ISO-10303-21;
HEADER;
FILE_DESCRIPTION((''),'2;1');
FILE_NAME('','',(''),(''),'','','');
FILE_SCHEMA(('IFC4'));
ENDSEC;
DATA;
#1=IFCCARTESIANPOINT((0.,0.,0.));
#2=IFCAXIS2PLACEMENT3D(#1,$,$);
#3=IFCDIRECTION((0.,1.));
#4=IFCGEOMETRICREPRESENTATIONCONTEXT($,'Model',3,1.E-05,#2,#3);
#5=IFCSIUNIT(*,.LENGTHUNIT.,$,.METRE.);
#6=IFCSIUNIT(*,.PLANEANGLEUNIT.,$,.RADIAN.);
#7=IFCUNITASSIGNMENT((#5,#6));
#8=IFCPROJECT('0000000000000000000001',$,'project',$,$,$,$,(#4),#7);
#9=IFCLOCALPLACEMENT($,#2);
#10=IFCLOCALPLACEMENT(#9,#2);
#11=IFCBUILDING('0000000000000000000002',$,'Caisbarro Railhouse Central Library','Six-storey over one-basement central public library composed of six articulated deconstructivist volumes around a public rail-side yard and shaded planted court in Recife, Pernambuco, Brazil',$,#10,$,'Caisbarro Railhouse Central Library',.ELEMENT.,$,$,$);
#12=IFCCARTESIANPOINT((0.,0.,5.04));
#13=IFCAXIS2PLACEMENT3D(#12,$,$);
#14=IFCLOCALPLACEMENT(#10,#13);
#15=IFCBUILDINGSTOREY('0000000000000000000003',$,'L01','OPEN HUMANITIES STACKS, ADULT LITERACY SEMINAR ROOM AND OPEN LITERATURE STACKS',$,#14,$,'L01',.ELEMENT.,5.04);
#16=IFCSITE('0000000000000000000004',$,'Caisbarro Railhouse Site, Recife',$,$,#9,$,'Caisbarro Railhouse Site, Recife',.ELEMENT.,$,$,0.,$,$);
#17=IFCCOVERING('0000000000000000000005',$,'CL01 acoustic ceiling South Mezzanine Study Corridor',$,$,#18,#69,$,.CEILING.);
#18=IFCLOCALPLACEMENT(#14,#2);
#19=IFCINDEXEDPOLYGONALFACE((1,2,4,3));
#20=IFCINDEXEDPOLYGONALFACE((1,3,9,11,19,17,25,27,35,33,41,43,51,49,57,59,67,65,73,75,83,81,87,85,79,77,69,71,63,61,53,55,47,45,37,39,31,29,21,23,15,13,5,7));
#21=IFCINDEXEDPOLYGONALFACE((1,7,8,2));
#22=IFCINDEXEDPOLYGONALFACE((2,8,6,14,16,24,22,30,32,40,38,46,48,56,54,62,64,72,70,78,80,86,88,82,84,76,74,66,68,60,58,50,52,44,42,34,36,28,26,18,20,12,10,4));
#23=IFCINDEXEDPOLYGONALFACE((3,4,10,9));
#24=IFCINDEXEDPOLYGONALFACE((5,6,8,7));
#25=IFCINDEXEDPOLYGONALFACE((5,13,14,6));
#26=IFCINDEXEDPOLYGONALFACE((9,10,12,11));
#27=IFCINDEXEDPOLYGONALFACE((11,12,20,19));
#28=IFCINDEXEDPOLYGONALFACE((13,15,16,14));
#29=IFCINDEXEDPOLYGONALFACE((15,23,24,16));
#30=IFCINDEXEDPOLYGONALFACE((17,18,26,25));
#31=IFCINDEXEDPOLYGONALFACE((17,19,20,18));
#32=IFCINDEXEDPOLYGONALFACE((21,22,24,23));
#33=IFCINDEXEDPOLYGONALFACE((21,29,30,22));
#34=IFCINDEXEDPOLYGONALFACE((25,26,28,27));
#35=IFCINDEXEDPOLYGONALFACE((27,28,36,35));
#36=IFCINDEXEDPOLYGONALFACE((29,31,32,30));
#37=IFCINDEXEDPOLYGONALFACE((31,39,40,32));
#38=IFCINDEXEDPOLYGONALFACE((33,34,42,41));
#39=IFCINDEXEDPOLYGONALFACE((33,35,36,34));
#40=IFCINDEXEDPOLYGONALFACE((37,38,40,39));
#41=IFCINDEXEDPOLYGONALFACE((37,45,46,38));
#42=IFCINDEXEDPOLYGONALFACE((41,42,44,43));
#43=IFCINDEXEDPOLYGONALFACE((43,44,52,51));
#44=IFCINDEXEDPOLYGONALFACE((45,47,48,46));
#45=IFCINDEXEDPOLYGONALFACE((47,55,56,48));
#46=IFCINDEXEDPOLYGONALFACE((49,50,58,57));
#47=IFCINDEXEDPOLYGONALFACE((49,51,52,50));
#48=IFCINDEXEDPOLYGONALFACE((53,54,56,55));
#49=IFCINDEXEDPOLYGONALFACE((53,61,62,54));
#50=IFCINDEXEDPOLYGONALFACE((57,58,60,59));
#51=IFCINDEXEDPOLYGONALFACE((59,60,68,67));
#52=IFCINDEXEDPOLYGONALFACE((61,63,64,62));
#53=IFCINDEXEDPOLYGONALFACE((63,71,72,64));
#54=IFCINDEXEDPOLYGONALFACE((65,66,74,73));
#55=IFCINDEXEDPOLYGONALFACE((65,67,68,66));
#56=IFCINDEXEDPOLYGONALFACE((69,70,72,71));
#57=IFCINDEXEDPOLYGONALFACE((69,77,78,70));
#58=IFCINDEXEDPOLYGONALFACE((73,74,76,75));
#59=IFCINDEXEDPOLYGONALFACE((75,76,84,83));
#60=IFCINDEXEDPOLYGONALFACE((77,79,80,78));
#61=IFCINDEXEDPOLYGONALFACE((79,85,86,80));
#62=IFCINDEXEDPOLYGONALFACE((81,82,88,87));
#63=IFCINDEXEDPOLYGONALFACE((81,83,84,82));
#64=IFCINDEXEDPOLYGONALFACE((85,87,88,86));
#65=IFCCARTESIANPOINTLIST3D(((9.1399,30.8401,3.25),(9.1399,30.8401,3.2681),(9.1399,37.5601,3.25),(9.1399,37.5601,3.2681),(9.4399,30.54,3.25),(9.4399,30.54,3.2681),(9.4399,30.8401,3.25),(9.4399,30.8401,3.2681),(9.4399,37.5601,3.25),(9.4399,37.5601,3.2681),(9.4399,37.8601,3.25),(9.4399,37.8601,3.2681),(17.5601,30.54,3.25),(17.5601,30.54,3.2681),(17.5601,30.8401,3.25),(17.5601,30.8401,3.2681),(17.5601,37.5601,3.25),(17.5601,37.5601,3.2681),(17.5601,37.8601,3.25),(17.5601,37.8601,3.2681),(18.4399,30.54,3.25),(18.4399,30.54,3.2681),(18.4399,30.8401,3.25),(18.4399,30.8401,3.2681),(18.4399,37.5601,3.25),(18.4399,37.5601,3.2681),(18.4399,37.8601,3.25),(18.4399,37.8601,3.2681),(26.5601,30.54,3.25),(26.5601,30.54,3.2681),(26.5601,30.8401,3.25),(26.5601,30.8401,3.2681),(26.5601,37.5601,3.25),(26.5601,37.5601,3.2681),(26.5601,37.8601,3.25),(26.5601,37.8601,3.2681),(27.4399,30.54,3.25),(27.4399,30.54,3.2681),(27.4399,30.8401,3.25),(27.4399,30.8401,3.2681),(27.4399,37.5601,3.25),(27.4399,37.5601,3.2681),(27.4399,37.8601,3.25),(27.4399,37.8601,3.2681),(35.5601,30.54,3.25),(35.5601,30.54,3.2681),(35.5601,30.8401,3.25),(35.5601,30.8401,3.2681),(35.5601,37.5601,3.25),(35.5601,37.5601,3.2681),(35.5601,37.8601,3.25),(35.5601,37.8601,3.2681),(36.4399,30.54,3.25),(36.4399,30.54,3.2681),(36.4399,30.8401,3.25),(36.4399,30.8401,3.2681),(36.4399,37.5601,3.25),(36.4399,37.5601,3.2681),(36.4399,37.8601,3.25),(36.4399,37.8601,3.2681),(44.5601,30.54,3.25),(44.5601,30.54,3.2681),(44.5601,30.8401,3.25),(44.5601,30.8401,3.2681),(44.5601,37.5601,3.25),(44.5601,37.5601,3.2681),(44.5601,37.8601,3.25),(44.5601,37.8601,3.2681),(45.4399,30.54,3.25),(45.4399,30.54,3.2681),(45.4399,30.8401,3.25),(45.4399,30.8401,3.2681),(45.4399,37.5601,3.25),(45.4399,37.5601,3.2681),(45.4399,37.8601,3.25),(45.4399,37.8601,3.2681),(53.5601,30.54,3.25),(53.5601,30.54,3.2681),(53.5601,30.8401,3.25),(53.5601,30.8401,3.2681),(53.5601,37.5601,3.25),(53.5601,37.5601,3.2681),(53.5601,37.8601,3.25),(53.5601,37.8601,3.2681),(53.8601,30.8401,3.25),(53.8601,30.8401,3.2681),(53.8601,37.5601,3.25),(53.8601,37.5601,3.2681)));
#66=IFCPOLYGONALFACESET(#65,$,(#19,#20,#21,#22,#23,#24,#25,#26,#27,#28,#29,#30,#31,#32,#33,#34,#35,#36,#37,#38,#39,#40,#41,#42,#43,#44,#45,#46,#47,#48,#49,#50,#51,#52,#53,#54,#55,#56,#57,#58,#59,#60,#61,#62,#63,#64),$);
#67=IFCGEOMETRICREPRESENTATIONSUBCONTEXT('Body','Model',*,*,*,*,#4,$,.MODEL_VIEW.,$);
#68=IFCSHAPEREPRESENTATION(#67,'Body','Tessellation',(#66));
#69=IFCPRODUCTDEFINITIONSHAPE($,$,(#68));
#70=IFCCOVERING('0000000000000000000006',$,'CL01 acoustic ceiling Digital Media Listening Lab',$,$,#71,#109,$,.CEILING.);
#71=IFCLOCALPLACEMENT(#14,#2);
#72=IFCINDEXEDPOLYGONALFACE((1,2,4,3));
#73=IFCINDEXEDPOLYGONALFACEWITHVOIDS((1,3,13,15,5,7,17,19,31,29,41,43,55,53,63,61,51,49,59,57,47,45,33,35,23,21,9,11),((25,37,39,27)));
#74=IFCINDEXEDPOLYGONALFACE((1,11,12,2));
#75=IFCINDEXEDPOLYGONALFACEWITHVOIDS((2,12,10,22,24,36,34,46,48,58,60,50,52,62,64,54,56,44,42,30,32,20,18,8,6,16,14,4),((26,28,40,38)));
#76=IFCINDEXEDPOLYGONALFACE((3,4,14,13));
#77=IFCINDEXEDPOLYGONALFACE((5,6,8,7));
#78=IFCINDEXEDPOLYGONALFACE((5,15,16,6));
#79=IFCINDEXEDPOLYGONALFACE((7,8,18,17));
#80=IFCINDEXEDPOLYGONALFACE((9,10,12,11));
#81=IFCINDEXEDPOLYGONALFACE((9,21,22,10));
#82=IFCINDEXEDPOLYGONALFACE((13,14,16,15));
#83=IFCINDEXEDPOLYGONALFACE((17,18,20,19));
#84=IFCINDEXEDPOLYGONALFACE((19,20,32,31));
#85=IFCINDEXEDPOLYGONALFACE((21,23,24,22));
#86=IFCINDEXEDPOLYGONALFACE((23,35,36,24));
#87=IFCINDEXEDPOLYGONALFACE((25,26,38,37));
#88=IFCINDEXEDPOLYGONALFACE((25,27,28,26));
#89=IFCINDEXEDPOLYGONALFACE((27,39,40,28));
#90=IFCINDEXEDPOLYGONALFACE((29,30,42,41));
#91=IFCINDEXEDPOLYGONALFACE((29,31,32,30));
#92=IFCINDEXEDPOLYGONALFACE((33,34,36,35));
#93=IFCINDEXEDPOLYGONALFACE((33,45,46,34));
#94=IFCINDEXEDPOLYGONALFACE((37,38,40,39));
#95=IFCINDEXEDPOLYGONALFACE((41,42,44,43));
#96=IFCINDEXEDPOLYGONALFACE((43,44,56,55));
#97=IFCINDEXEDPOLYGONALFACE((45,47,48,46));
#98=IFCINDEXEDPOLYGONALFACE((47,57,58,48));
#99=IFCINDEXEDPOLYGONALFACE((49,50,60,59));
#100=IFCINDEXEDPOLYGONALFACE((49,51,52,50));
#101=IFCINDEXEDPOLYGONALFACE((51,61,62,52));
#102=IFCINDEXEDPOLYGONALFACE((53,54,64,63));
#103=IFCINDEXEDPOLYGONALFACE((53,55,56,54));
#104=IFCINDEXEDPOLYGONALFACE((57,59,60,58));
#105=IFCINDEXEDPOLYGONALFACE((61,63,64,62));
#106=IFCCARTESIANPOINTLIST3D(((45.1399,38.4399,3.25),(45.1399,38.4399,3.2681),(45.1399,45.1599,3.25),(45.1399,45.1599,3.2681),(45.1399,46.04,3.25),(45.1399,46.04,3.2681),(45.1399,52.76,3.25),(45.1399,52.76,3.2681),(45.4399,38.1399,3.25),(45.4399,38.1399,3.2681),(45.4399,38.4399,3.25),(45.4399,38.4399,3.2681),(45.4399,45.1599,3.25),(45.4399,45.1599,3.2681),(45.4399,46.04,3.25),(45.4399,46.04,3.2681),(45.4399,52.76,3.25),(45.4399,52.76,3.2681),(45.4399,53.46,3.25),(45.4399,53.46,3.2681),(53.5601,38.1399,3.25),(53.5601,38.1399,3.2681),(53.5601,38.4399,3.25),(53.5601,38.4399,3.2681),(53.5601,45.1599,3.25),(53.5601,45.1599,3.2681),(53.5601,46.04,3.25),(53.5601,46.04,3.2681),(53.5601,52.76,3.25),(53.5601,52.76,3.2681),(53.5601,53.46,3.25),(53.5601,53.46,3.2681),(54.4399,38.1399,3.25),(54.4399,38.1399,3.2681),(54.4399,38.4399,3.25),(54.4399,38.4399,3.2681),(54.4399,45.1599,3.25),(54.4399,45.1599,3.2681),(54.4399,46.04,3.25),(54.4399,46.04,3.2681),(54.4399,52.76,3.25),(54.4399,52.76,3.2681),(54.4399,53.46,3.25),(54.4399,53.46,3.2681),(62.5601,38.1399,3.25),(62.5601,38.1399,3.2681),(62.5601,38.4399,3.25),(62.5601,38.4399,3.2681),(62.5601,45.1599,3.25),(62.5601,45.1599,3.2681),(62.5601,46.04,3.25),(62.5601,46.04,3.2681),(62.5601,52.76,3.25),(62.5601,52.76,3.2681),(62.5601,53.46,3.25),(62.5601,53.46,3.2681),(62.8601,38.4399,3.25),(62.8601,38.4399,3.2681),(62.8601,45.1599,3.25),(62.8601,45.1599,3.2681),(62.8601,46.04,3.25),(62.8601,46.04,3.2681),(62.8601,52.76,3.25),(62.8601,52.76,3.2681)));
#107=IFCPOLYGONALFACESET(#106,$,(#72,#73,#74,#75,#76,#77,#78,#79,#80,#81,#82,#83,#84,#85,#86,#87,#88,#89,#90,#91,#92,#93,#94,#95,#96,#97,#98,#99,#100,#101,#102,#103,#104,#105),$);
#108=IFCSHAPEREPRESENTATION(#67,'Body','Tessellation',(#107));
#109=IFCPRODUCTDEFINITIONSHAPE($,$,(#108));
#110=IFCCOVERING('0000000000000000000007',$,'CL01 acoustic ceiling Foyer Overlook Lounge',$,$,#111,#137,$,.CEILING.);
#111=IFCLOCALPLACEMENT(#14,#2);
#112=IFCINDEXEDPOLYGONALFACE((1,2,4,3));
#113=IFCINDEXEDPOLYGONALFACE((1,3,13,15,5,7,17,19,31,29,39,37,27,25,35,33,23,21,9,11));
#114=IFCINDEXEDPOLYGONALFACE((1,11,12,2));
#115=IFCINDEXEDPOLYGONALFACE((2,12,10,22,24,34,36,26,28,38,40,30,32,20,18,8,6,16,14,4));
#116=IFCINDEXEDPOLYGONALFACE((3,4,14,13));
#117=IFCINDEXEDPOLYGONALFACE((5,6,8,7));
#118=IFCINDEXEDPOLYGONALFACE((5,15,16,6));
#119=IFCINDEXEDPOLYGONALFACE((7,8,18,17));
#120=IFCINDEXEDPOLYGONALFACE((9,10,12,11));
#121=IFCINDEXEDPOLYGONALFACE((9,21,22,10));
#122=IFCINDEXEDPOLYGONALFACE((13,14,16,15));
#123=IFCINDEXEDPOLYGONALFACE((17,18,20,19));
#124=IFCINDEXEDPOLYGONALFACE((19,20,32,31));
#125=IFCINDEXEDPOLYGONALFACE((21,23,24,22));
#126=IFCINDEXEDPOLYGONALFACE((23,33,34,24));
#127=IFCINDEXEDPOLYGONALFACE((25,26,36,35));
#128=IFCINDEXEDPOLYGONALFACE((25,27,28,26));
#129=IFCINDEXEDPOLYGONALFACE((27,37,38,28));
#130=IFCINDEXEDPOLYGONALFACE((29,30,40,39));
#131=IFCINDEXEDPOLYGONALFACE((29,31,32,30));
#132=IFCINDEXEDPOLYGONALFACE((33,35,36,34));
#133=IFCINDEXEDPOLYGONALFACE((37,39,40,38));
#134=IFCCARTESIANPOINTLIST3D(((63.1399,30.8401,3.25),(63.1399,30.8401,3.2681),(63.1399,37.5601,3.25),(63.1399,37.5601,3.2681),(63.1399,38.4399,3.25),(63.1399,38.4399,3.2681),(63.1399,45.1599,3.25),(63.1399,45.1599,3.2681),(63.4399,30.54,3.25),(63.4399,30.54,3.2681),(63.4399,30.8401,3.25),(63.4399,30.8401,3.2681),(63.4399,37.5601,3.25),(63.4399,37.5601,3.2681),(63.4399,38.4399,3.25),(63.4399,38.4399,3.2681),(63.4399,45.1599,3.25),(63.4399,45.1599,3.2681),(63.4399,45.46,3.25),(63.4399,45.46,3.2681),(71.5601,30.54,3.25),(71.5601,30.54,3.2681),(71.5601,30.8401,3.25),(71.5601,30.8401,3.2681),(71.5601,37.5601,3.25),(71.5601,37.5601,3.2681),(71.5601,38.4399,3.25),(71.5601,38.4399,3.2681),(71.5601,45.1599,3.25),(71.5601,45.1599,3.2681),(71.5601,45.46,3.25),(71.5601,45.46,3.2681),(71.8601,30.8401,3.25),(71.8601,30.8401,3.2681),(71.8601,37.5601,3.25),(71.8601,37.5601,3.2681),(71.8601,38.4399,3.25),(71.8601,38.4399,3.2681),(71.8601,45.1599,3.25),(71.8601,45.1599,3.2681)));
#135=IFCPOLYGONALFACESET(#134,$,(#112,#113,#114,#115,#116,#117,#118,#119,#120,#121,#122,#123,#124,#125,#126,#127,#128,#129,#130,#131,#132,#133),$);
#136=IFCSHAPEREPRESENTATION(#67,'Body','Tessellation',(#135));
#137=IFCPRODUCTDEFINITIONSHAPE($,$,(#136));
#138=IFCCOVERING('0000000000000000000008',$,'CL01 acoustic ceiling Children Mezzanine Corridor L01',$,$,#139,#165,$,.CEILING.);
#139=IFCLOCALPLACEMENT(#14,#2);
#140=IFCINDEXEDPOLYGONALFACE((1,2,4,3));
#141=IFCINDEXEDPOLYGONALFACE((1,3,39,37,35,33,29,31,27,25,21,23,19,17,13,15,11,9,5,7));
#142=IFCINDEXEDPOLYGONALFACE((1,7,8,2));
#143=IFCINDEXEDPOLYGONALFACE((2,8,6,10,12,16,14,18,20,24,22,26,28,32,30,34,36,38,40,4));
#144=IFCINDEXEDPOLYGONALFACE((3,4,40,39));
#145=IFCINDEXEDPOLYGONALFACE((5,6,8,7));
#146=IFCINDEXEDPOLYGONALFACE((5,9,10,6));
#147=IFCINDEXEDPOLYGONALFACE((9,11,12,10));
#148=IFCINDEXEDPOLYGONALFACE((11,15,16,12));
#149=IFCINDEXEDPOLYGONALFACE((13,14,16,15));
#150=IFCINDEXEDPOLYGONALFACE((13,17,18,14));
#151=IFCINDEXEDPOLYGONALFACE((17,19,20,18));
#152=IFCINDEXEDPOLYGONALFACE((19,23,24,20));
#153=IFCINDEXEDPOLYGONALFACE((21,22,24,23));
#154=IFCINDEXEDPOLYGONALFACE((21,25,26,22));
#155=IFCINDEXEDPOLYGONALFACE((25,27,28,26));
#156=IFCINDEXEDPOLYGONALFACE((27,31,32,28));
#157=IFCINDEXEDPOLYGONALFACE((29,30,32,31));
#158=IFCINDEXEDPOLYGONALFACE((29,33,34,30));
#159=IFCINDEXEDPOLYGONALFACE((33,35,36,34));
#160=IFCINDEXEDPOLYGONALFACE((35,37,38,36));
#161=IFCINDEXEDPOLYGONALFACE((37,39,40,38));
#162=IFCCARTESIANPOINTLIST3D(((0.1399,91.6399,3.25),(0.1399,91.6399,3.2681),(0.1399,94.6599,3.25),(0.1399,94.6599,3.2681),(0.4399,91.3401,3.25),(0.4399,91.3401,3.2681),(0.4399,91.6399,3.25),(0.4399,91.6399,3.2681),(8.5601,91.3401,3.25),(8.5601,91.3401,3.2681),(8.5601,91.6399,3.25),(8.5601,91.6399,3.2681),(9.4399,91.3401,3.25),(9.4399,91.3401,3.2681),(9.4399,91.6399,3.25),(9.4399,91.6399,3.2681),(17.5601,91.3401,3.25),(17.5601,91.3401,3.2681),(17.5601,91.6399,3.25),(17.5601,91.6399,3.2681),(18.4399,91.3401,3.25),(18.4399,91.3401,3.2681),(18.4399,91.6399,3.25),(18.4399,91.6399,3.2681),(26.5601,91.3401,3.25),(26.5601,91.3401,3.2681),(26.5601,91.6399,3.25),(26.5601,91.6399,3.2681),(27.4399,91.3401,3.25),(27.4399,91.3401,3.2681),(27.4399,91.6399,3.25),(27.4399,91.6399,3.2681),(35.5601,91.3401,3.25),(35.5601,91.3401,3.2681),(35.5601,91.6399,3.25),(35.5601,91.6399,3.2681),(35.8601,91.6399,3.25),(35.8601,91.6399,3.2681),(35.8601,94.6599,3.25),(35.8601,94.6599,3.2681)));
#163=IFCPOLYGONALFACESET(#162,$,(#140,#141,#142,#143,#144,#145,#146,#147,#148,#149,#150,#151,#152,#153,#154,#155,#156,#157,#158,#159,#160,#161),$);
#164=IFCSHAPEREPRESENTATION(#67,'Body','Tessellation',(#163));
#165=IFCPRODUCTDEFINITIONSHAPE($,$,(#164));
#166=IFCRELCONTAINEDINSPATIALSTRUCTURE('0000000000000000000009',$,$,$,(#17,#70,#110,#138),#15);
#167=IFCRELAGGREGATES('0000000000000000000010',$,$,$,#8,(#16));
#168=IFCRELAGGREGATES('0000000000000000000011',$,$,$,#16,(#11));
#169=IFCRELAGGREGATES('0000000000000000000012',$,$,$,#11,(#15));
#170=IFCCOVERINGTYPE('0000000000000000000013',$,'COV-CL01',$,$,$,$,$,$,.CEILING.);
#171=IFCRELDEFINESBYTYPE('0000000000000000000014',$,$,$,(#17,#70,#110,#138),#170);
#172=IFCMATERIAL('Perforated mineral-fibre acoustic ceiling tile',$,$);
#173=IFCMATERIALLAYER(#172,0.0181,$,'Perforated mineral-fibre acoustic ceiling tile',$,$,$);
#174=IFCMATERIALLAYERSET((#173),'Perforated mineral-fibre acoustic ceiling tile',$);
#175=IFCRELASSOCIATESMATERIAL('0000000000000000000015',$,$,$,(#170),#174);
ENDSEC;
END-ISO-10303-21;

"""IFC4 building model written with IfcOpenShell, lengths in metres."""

from ifc_helpers import new_model, si_unit, direction, frame, origin, place, context, subcontext, project, spatial, polyline, outline, extrude, material, layer, layer_set, type_object, element, save


model = new_model("IFC4")

# Units and contexts
model_context = context("Model", 3, precision=1e-05, world=origin(), true_north=direction((0.0, 1.0)))
body_context = subcontext(model_context, "Body", "Model", "MODEL_VIEW")
ifc_project = project(units=[si_unit("LENGTHUNIT", "METRE"), si_unit("PLANEANGLEUNIT", "RADIAN")], contexts=[model_context])

# Site, building, storey
site_placement = place(None, origin())
site = spatial("IfcSite", under=ifc_project, at=site_placement, Name="Caisbarro Railhouse Site, Recife", LongName="Caisbarro Railhouse Site, Recife", CompositionType="ELEMENT", RefElevation=0.0)
building_placement = place(site_placement, origin())
building = spatial("IfcBuilding", under=site, at=building_placement, Name="Caisbarro Railhouse Central Library", Description="Six-storey over one-basement central public library composed of six articulated deconstructivist volumes around a public rail-side yard and shaded planted court in Recife, Pernambuco, Brazil", LongName="Caisbarro Railhouse Central Library", CompositionType="ELEMENT")
storey_placement = place(building_placement, frame((0.0, 0.0, 5.04)))
storey = spatial("IfcBuildingStorey", under=building, at=storey_placement, Name="L01", Description="OPEN HUMANITIES STACKS, ADULT LITERACY SEMINAR ROOM AND OPEN LITERATURE STACKS", LongName="L01", CompositionType="ELEMENT", Elevation=5.04)

# Coverings
ifc_material_1 = material(Name="Perforated mineral-fibre acoustic ceiling tile")
ifc_layer_1 = layer(ifc_material_1, 0.0181, Name="Perforated mineral-fibre acoustic ceiling tile")
ifc_layer_set_1 = layer_set([ifc_layer_1], Name="Perforated mineral-fibre acoustic ceiling tile")
covering_type_1 = type_object("IfcCoveringType", Name="COV-CL01", PredefinedType="CEILING", material=ifc_layer_set_1)
covering_1_placement = place(storey_placement, frame((0.0, 0.0, 3.25)))
element("IfcCovering", 1, at=covering_1_placement, inside=storey, type_object=covering_type_1, Name="CL01 acoustic ceiling South Mezzanine Study Corridor", PredefinedType="CEILING", context=body_context, shape_type="SweptSolid", body=[
    extrude(outline(polyline([(9.4399, 37.5601), (9.4399, 37.8601), (17.5601, 37.8601), (17.5601, 37.5601), (18.4399, 37.5601), (18.4399, 37.8601), (26.5601, 37.8601), (26.5601, 37.5601), (27.4399, 37.5601), (27.4399, 37.8601), (35.5601, 37.8601), (35.5601, 37.5601), (36.4399, 37.5601), (36.4399, 37.8601), (44.5601, 37.8601), (44.5601, 37.5601), (45.4399, 37.5601), (45.4399, 37.8601), (53.5601, 37.8601), (53.5601, 37.5601), (53.8601, 37.5601), (53.8601, 30.8401), (53.5601, 30.8401), (53.5601, 30.54), (45.4399, 30.54), (45.4399, 30.8401), (44.5601, 30.8401), (44.5601, 30.54), (36.4399, 30.54), (36.4399, 30.8401), (35.5601, 30.8401), (35.5601, 30.54), (27.4399, 30.54), (27.4399, 30.8401), (26.5601, 30.8401), (26.5601, 30.54), (18.4399, 30.54), (18.4399, 30.8401), (17.5601, 30.8401), (17.5601, 30.54), (9.4399, 30.54), (9.4399, 30.8401), (9.1399, 30.8401), (9.1399, 37.5601), (9.4399, 37.5601)])), origin(), (0.0, 0.0, 1.0), 0.0181),
])
covering_2_placement = place(storey_placement, frame((0.0, 0.0, 3.25)))
element("IfcCovering", 2, at=covering_2_placement, inside=storey, type_object=covering_type_1, Name="CL01 acoustic ceiling Digital Media Listening Lab", PredefinedType="CEILING", context=body_context, shape_type="SweptSolid", body=[
    extrude(outline(polyline([(45.4399, 38.4399), (45.1399, 38.4399), (45.1399, 45.1599), (45.4399, 45.1599), (45.4399, 46.04), (45.1399, 46.04), (45.1399, 52.76), (45.4399, 52.76), (45.4399, 53.46), (53.5601, 53.46), (53.5601, 52.76), (54.4399, 52.76), (54.4399, 53.46), (62.5601, 53.46), (62.5601, 52.76), (62.8601, 52.76), (62.8601, 46.04), (62.5601, 46.04), (62.5601, 45.1599), (62.8601, 45.1599), (62.8601, 38.4399), (62.5601, 38.4399), (62.5601, 38.1399), (54.4399, 38.1399), (54.4399, 38.4399), (53.5601, 38.4399), (53.5601, 38.1399), (45.4399, 38.1399), (45.4399, 38.4399)]), holes=[polyline([(54.4399, 46.04), (53.5601, 46.04), (53.5601, 45.1599), (54.4399, 45.1599), (54.4399, 46.04)])]), origin(), (0.0, 0.0, 1.0), 0.0181),
])
covering_3_placement = place(storey_placement, frame((0.0, 0.0, 3.25)))
element("IfcCovering", 3, at=covering_3_placement, inside=storey, type_object=covering_type_1, Name="CL01 acoustic ceiling Foyer Overlook Lounge", PredefinedType="CEILING", context=body_context, shape_type="SweptSolid", body=[
    extrude(outline(polyline([(63.1399, 30.8401), (63.1399, 37.5601), (63.4399, 37.5601), (63.4399, 38.4399), (63.1399, 38.4399), (63.1399, 45.1599), (63.4399, 45.1599), (63.4399, 45.46), (71.5601, 45.46), (71.5601, 45.1599), (71.8601, 45.1599), (71.8601, 38.4399), (71.5601, 38.4399), (71.5601, 37.5601), (71.8601, 37.5601), (71.8601, 30.8401), (71.5601, 30.8401), (71.5601, 30.54), (63.4399, 30.54), (63.4399, 30.8401), (63.1399, 30.8401)])), origin(), (0.0, 0.0, 1.0), 0.0181),
])
covering_4_placement = place(storey_placement, frame((0.0, 0.0, 3.25)))
element("IfcCovering", 4, at=covering_4_placement, inside=storey, type_object=covering_type_1, Name="CL01 acoustic ceiling Children Mezzanine Corridor L01", PredefinedType="CEILING", context=body_context, shape_type="SweptSolid", body=[
    extrude(outline(polyline([(27.4399, 91.6399), (26.5601, 91.6399), (26.5601, 91.3401), (18.4399, 91.3401), (18.4399, 91.6399), (17.5601, 91.6399), (17.5601, 91.3401), (9.4399, 91.3401), (9.4399, 91.6399), (8.5601, 91.6399), (8.5601, 91.3401), (0.4399, 91.3401), (0.4399, 91.6399), (0.1399, 91.6399), (0.1399, 94.6599), (35.8601, 94.6599), (35.8601, 91.6399), (35.5601, 91.6399), (35.5601, 91.3401), (27.4399, 91.3401), (27.4399, 91.6399)])), origin(), (0.0, 0.0, 1.0), 0.0181),
])

save(model, "model.ifc")
